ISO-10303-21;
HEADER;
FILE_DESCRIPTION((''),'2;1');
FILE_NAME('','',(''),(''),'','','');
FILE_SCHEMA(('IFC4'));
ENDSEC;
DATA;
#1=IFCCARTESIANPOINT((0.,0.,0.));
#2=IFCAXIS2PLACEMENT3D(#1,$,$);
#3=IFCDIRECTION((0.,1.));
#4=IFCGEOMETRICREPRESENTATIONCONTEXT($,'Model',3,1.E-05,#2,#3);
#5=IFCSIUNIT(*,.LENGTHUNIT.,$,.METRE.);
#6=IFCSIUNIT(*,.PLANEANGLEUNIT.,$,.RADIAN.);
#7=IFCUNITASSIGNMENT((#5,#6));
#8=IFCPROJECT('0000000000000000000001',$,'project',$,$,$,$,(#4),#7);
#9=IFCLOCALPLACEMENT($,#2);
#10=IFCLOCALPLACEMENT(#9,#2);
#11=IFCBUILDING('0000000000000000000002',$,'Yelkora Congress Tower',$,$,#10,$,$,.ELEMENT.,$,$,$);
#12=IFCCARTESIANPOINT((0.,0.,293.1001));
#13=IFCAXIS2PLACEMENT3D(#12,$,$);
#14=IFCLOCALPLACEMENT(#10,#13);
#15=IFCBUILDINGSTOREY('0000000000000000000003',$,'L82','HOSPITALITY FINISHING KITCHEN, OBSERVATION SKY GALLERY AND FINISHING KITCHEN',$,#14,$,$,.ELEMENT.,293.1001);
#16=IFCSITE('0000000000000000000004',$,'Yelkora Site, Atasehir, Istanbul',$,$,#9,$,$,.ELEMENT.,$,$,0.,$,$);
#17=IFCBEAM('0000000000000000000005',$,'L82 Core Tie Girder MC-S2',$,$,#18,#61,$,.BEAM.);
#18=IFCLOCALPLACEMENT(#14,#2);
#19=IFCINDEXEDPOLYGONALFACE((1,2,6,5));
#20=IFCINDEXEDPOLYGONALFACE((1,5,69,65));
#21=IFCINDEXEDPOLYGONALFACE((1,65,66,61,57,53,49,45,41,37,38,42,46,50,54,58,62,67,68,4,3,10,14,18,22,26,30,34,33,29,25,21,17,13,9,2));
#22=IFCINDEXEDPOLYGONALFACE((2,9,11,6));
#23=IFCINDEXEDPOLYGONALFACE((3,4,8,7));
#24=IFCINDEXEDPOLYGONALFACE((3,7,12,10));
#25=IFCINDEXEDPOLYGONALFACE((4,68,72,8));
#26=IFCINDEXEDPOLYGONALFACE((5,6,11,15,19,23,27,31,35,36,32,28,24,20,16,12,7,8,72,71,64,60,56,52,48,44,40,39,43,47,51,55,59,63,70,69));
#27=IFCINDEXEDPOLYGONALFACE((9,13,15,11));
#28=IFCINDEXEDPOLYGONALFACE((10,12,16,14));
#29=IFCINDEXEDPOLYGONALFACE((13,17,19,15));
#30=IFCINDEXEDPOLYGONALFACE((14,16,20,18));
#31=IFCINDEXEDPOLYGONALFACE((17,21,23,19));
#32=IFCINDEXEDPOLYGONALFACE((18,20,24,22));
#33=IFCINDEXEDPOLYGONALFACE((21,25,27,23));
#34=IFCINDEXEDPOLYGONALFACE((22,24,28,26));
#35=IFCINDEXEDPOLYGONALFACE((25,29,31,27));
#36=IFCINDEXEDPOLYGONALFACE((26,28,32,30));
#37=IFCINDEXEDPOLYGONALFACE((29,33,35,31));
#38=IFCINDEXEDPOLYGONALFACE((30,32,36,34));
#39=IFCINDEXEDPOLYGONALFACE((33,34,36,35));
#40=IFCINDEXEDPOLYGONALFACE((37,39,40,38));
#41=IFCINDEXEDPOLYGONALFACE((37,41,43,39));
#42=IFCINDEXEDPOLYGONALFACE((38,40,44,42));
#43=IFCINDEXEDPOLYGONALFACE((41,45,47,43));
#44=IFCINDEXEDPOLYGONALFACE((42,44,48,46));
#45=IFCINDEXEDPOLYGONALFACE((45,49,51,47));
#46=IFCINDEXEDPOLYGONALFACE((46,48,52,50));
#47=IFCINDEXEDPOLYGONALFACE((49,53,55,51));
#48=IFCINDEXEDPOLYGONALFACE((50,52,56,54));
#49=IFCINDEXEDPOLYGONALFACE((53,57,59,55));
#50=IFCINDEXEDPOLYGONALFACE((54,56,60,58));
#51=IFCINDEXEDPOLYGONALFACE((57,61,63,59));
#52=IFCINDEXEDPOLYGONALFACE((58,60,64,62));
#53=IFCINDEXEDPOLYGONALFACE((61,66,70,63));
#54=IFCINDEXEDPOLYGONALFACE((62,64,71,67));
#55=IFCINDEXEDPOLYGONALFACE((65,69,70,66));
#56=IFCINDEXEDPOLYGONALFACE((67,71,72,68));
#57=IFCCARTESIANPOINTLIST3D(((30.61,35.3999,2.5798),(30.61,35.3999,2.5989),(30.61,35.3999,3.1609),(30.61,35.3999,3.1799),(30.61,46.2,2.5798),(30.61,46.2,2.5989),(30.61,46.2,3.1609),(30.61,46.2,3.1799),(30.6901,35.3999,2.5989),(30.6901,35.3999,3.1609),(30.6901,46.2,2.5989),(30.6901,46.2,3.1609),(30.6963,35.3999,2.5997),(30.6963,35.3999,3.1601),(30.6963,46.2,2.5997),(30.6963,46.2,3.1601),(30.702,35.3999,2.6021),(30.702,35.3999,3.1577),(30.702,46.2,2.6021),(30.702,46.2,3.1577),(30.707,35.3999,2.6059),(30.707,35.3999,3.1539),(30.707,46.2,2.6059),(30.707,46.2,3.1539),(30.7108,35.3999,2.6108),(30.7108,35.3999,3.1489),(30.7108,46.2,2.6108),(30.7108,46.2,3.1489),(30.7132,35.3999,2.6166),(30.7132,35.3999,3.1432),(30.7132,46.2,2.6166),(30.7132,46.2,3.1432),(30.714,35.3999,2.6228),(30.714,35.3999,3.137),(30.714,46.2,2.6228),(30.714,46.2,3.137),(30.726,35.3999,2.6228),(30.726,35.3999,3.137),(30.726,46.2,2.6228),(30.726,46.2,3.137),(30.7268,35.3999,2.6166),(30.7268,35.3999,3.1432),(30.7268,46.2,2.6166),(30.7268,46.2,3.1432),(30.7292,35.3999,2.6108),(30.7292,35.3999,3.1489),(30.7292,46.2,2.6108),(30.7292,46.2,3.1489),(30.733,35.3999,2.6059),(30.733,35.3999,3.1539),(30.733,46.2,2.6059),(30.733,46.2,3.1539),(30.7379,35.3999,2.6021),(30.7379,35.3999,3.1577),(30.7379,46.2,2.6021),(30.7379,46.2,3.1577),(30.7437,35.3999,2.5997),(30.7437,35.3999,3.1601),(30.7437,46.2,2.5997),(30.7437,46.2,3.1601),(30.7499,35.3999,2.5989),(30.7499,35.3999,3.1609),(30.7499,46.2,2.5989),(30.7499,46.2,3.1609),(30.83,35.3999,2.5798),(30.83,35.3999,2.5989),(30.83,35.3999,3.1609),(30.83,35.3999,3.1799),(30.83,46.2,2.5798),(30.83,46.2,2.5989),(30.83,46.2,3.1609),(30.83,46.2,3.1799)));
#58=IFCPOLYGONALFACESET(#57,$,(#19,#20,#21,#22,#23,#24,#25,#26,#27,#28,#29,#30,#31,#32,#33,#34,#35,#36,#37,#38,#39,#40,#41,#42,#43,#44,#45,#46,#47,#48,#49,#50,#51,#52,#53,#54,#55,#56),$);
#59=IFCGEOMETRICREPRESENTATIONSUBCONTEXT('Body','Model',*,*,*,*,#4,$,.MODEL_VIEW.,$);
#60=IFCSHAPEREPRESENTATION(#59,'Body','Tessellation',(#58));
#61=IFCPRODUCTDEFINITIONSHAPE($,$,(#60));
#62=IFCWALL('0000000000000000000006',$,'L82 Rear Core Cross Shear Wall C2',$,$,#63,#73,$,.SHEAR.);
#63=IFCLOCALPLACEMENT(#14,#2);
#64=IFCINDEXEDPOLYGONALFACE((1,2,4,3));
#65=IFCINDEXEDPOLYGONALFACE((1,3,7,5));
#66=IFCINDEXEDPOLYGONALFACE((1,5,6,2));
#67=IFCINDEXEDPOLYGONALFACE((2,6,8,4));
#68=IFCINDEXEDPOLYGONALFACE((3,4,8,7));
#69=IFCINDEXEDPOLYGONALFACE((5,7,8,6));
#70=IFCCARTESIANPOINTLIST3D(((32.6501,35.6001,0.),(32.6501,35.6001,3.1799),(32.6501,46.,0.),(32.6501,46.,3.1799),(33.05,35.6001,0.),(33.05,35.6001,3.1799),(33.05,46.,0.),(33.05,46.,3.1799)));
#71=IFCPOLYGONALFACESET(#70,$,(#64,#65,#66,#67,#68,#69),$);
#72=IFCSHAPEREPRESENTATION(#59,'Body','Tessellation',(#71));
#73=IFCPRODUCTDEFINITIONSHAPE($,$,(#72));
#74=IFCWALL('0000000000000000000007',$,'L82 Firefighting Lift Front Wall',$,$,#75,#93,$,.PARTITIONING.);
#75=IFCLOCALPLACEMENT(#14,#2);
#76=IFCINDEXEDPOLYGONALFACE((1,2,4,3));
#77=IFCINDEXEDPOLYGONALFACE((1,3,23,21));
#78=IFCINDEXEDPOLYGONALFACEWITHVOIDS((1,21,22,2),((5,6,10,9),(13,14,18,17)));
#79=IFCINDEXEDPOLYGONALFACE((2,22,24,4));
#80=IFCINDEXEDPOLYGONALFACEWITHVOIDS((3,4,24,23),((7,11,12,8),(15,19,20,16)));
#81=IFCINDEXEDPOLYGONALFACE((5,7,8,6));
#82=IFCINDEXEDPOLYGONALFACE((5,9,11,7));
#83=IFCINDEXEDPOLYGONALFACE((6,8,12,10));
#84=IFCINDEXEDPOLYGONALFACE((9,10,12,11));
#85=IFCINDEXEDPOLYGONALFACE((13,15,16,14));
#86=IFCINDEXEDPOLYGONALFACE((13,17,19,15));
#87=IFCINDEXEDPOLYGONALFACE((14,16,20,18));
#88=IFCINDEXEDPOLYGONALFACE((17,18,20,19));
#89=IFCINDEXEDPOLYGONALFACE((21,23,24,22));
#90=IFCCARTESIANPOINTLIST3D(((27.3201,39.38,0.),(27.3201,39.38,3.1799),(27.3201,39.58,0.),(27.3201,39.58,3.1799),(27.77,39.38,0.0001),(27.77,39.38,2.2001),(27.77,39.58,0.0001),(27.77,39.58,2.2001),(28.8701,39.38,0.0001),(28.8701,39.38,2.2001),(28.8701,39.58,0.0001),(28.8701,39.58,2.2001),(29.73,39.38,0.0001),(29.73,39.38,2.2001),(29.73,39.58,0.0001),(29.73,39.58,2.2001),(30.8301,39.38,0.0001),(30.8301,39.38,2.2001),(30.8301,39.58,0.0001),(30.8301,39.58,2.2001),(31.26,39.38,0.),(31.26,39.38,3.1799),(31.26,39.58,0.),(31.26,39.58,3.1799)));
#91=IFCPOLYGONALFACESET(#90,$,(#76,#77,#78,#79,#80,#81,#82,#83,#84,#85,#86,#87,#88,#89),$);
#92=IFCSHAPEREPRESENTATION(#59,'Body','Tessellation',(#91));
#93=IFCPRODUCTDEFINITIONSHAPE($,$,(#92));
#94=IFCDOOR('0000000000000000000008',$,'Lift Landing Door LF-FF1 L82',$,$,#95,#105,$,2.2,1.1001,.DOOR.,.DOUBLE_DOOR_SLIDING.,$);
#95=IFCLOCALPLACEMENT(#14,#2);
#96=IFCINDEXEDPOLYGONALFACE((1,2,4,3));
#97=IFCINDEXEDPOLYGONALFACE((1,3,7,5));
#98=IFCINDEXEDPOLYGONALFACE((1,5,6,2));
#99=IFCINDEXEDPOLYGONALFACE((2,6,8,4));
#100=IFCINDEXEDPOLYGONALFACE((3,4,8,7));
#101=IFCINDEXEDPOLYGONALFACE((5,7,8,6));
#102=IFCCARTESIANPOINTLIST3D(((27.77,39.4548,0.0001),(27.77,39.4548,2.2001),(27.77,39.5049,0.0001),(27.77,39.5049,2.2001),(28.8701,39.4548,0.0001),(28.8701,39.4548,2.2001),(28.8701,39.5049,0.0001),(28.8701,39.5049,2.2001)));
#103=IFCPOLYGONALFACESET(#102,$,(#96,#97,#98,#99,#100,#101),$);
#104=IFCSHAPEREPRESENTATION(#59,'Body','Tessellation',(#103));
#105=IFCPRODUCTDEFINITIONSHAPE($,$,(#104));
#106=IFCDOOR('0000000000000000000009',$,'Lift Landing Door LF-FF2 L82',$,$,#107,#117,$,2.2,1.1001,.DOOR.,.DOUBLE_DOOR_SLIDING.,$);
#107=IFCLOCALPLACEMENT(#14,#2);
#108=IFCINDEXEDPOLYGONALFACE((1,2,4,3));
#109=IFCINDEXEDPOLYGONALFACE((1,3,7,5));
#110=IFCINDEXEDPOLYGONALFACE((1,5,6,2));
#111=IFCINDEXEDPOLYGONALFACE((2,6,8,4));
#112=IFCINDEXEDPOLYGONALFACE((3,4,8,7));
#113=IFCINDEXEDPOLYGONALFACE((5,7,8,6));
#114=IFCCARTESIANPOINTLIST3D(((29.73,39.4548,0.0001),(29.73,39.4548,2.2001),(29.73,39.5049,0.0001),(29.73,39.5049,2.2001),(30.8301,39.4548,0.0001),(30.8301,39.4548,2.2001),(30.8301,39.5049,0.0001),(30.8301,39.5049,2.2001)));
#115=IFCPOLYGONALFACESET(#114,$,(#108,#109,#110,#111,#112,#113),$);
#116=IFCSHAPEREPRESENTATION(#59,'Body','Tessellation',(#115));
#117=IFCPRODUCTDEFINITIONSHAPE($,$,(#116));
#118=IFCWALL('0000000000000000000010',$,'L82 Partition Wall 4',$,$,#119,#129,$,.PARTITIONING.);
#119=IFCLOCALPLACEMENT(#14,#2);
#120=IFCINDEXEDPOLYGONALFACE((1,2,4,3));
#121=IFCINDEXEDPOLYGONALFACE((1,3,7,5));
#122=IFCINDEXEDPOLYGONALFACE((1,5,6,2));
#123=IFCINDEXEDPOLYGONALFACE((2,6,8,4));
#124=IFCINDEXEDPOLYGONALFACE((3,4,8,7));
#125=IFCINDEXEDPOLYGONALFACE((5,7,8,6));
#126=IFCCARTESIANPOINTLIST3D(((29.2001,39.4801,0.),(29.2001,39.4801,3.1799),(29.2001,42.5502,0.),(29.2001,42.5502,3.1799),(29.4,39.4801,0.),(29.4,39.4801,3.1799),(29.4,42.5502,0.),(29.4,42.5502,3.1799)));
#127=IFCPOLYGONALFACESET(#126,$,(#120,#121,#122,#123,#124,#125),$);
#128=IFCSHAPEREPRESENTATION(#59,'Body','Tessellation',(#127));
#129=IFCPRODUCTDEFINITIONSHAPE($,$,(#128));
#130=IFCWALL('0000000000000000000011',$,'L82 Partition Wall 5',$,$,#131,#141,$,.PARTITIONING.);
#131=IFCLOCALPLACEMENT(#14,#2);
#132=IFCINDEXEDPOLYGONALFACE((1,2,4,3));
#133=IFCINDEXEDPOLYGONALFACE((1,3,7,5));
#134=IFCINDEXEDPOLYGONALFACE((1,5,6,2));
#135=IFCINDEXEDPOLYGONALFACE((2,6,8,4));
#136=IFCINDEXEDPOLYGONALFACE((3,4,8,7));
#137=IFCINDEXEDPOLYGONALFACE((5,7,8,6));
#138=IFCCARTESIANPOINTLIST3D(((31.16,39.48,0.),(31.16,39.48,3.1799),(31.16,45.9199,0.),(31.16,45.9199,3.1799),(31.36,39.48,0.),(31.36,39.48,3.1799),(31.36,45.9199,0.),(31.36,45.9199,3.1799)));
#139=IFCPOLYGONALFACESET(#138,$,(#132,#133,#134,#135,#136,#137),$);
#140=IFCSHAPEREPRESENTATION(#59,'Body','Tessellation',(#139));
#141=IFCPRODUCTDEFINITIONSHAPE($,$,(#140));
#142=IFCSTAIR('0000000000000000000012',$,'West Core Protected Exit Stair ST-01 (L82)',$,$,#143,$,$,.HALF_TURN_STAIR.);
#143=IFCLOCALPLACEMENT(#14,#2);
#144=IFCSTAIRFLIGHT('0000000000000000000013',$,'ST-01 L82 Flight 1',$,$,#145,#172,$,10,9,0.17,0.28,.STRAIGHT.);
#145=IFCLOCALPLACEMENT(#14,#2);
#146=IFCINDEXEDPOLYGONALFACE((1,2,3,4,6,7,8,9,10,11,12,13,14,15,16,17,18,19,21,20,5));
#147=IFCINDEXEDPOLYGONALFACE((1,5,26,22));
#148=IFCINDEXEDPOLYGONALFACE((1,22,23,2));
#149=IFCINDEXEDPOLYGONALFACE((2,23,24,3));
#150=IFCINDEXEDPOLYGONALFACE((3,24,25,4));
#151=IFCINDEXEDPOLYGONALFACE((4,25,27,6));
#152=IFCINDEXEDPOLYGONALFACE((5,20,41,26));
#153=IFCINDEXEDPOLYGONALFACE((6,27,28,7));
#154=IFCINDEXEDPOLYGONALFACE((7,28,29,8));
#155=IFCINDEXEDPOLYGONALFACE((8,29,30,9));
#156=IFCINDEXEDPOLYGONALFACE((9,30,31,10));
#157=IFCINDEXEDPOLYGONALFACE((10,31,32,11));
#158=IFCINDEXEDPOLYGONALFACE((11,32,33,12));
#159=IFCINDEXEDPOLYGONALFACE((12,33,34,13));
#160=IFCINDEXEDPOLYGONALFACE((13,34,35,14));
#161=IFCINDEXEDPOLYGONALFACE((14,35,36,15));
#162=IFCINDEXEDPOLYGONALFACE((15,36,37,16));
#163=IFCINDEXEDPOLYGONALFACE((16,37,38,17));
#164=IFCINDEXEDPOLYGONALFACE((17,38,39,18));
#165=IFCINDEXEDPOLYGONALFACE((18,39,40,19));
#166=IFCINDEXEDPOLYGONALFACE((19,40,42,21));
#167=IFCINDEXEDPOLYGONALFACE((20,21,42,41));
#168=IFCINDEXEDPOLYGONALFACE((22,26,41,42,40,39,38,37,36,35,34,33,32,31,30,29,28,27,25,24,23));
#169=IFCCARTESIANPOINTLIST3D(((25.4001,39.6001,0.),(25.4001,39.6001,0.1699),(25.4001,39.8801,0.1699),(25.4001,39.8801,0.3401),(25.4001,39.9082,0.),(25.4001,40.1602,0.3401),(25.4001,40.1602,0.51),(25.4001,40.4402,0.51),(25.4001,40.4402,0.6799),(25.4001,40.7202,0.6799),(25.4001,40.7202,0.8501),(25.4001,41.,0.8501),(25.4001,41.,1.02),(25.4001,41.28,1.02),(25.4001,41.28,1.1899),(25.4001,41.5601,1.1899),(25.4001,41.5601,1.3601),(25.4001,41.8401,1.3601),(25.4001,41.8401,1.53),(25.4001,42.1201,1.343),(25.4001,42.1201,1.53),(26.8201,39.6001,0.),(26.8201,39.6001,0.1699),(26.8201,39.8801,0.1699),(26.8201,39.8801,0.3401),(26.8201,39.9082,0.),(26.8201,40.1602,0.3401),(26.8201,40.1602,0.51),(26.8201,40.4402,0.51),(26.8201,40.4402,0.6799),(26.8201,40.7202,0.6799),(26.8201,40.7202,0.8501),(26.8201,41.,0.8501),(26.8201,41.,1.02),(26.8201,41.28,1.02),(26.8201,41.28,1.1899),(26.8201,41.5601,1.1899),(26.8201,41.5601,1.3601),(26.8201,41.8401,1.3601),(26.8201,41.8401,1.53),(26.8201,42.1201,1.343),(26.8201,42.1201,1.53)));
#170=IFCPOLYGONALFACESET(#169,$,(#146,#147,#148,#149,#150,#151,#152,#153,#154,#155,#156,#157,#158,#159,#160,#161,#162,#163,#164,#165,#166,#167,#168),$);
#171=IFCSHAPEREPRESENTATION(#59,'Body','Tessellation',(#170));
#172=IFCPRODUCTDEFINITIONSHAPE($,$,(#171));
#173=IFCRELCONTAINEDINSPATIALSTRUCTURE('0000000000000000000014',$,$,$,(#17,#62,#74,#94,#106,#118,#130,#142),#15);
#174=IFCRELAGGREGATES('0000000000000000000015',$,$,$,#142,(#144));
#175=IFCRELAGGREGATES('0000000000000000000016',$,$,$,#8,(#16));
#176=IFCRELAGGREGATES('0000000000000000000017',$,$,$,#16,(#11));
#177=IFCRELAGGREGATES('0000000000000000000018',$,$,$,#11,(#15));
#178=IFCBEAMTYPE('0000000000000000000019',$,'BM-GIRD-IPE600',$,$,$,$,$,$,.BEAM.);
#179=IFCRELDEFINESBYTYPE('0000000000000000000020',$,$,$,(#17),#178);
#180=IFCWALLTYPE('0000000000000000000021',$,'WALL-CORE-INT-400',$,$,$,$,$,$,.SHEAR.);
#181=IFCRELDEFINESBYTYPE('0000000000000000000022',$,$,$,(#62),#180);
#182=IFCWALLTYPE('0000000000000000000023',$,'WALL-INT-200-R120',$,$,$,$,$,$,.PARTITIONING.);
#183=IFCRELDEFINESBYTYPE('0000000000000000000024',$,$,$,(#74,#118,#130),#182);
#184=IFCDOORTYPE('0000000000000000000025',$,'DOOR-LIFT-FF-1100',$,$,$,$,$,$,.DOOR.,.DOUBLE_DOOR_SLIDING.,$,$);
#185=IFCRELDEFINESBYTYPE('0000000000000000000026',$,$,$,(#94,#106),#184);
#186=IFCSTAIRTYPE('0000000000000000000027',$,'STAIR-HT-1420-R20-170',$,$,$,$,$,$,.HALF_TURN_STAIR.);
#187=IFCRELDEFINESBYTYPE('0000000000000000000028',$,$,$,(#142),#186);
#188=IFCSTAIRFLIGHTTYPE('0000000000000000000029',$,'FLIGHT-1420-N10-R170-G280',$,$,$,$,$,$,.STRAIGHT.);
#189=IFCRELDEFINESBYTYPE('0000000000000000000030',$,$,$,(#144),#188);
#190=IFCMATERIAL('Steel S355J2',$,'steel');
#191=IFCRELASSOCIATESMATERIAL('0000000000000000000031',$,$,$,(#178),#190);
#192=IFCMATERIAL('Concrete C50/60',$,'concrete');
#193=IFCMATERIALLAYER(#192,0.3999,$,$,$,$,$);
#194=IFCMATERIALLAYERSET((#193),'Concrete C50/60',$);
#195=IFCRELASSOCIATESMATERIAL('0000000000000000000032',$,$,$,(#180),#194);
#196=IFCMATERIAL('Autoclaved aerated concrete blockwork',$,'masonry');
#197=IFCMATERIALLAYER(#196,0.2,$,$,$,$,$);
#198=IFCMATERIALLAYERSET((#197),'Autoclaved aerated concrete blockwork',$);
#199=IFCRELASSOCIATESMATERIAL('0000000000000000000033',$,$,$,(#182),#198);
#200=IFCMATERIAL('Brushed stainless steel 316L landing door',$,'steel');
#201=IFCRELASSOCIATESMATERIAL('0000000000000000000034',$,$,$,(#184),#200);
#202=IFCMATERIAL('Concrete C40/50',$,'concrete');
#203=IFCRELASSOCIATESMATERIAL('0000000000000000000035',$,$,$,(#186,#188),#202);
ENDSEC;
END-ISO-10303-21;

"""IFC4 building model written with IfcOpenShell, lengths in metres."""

from ifc_helpers import new_model, si_unit, direction, frame, frame_2d, origin, origin_2d, place, context, subcontext, project, spatial, polyline, rectangle, i_section, outline, extrude, material, layer, layer_set, material_profile, profile_set, type_object, element, fill, aggregate, save


model = new_model("IFC4")

# Units and contexts
model_context = context("Model", 3, precision=1e-05, world=origin(), true_north=direction((0.0, 1.0)))
body_context = subcontext(model_context, "Body", "Model", "MODEL_VIEW")
ifc_project = project(units=[si_unit("LENGTHUNIT", "METRE"), si_unit("PLANEANGLEUNIT", "RADIAN")], contexts=[model_context])

# Site, building, storey
site_placement = place(None, origin())
site = spatial("IfcSite", under=ifc_project, at=site_placement, Name="Yelkora Site, Atasehir, Istanbul", CompositionType="ELEMENT", RefElevation=0.0)
building_placement = place(site_placement, origin())
building = spatial("IfcBuilding", under=site, at=building_placement, Name="Yelkora Congress Tower", CompositionType="ELEMENT")
storey_placement = place(building_placement, frame((0.0, 0.0, 293.1001)))
storey = spatial("IfcBuildingStorey", under=building, at=storey_placement, Name="L82", Description="HOSPITALITY FINISHING KITCHEN, OBSERVATION SKY GALLERY AND FINISHING KITCHEN", CompositionType="ELEMENT", Elevation=293.1001)

# Beam
ifc_material_1 = material(Name="Steel S355J2", Category="steel")
ifc_material_profile = material_profile(ifc_material_1, i_section(OverallWidth=0.22, OverallDepth=0.6001, WebThickness=0.012, FlangeThickness=0.019, FilletRadius=0.0239, at=origin_2d()), Name="IPE 600")
ifc_profile_set = profile_set([ifc_material_profile], Name="Steel S355J2")
beam_type = type_object("IfcBeamType", Name="BM-GIRD-IPE600", PredefinedType="BEAM", material=ifc_profile_set)
beam_placement = place(storey_placement, frame((30.72, 35.3999, 2.8799), z_axis=(0.0, 1.0, 0.0), x_axis=(-1.0, 0.0, 0.0)))
element("IfcBeam", 1, at=beam_placement, inside=storey, type_object=beam_type, Name="L82 Core Tie Girder MC-S2", PredefinedType="BEAM", context=body_context, shape_type="SweptSolid", body=[
    extrude(i_section(OverallWidth=0.22, OverallDepth=0.6001, WebThickness=0.012, FlangeThickness=0.019, FilletRadius=0.0239, at=origin_2d()), origin(), (0.0, 0.0, 1.0), 10.8),
])

# Shared definitions
ifc_material_2 = material(Name="Concrete C50/60", Category="concrete")
ifc_layer_1 = layer(ifc_material_2, 0.3999)
ifc_layer_set_1 = layer_set([ifc_layer_1], Name="Concrete C50/60")
wall_type_1 = type_object("IfcWallType", Name="WALL-CORE-INT-400", PredefinedType="SHEAR", material=ifc_layer_set_1)

# Wall
wall_1_placement = place(storey_placement, frame((32.8501, 35.6001, 0.0), z_axis=(0.0, 0.0, 1.0), x_axis=(0.0, 1.0, 0.0)))
element("IfcWall", 2, at=wall_1_placement, inside=storey, type_object=wall_type_1, Name="L82 Rear Core Cross Shear Wall C2", PredefinedType="SHEAR", context=body_context, shape_type="SweptSolid", body=[
    extrude(rectangle(XDim=10.3999, YDim=0.3999, at=frame_2d((5.2, 0.0))), origin(), (0.0, 0.0, 1.0), 3.1799),
])

# Shared definitions
ifc_material_3 = material(Name="Autoclaved aerated concrete blockwork", Category="masonry")
ifc_layer_2 = layer(ifc_material_3, 0.2)
ifc_layer_set_2 = layer_set([ifc_layer_2], Name="Autoclaved aerated concrete blockwork")
wall_type_2 = type_object("IfcWallType", Name="WALL-INT-200-R120", PredefinedType="PARTITIONING", material=ifc_layer_set_2)

# Wall, openings, doors
wall_2_placement = place(storey_placement, frame((27.3201, 39.48, 0.0), z_axis=(0.0, 0.0, 1.0), x_axis=(1.0, 0.0, 0.0)))
wall_2 = element("IfcWall", 3, at=wall_2_placement, inside=storey, type_object=wall_type_2, Name="L82 Firefighting Lift Front Wall", PredefinedType="PARTITIONING", context=body_context, shape_type="SweptSolid", body=[
    extrude(rectangle(XDim=3.9399, YDim=0.2, at=frame_2d((1.97, 0.0))), origin(), (0.0, 0.0, 1.0), 3.1799),
])
opening_1_placement = place(wall_2_placement, frame((0.45, 0.0, 0.0)))
opening_1 = element("IfcOpeningElement", 4, at=opening_1_placement, cuts=wall_2, PredefinedType="OPENING", context=body_context, shape_type="SweptSolid", body=[
    extrude(rectangle(XDim=1.1001, YDim=2.2, at=frame_2d((0.55, 1.1001))), frame((0.0, 0.1099, 0.0), z_axis=(0.0, -1.0, 0.0), x_axis=(1.0, 0.0, 0.0)), (0.0, 0.0, 1.0), 0.22),
])
opening_2_placement = place(wall_2_placement, frame((2.4099, 0.0, 0.0)))
opening_2 = element("IfcOpeningElement", 5, at=opening_2_placement, cuts=wall_2, PredefinedType="OPENING", context=body_context, shape_type="SweptSolid", body=[
    extrude(rectangle(XDim=1.1001, YDim=2.2, at=frame_2d((0.55, 1.1001))), frame((0.0, 0.1099, 0.0), z_axis=(0.0, -1.0, 0.0), x_axis=(1.0, 0.0, 0.0)), (0.0, 0.0, 1.0), 0.22),
])
ifc_material_4 = material(Name="Brushed stainless steel 316L landing door", Category="steel")
door_type_1 = type_object("IfcDoorType", Name="DOOR-LIFT-FF-1100", OperationType="DOUBLE_DOOR_SLIDING", PredefinedType="DOOR", material=ifc_material_4)
door_1_placement = place(opening_1_placement, origin())
door_1 = element("IfcDoor", 6, at=door_1_placement, inside=storey, type_object=door_type_1, Name="Lift Landing Door LF-FF1 L82", OperationType="DOUBLE_DOOR_SLIDING", OverallHeight=2.2, OverallWidth=1.1001, PredefinedType="DOOR", context=body_context, shape_type="SweptSolid", body=[
    extrude(rectangle(XDim=1.1001, YDim=2.2, at=frame_2d((0.55, 1.1001))), frame((0.0, 0.0249, 0.0), z_axis=(0.0, -1.0, 0.0), x_axis=(1.0, 0.0, 0.0)), (0.0, 0.0, 1.0), 0.05),
])
fill(opening_1, door_1)
door_2_placement = place(opening_2_placement, origin())
door_2 = element("IfcDoor", 7, at=door_2_placement, inside=storey, type_object=door_type_1, Name="Lift Landing Door LF-FF2 L82", OperationType="DOUBLE_DOOR_SLIDING", OverallHeight=2.2, OverallWidth=1.1001, PredefinedType="DOOR", context=body_context, shape_type="SweptSolid", body=[
    extrude(rectangle(XDim=1.1001, YDim=2.2, at=frame_2d((0.55, 1.1001))), frame((0.0, 0.0249, 0.0), z_axis=(0.0, -1.0, 0.0), x_axis=(1.0, 0.0, 0.0)), (0.0, 0.0, 1.0), 0.05),
])
fill(opening_2, door_2)

# Walls
wall_3_placement = place(storey_placement, frame((29.3, 39.48, 0.0), z_axis=(0.0, 0.0, 1.0), x_axis=(0.0, 1.0, 0.0)))
element("IfcWall", 8, at=wall_3_placement, inside=storey, type_object=wall_type_2, Name="L82 Partition Wall 4", PredefinedType="PARTITIONING", context=body_context, shape_type="SweptSolid", body=[
    extrude(rectangle(XDim=3.0701, YDim=0.2, at=frame_2d((1.5352, 0.0))), origin(), (0.0, 0.0, 1.0), 3.1799),
])
wall_4_placement = place(storey_placement, frame((31.26, 39.48, 0.0), z_axis=(0.0, 0.0, 1.0), x_axis=(0.0, 1.0, 0.0)))
element("IfcWall", 9, at=wall_4_placement, inside=storey, type_object=wall_type_2, Name="L82 Partition Wall 5", PredefinedType="PARTITIONING", context=body_context, shape_type="SweptSolid", body=[
    extrude(rectangle(XDim=6.4399, YDim=0.2, at=frame_2d((3.22, 0.0))), origin(), (0.0, 0.0, 1.0), 3.1799),
])

# Stair, stair flight
ifc_material_5 = material(Name="Concrete C40/50", Category="concrete")
stair_type = type_object("IfcStairType", Name="STAIR-HT-1420-R20-170", PredefinedType="HALF_TURN_STAIR", material=ifc_material_5)
stair_placement = place(storey_placement, origin())
stair = element("IfcStair", 10, at=stair_placement, inside=storey, type_object=stair_type, Name="West Core Protected Exit Stair ST-01 (L82)", PredefinedType="HALF_TURN_STAIR")
stair_flight_type = type_object("IfcStairFlightType", Name="FLIGHT-1420-N10-R170-G280", PredefinedType="STRAIGHT", material=ifc_material_5)
stair_flight_1_placement = place(storey_placement, frame((26.1101, 39.6001, 0.0), z_axis=(0.0, 0.0, 1.0), x_axis=(0.0, 1.0, 0.0)))
stair_flight_1 = element("IfcStairFlight", 11, at=stair_flight_1_placement, type_object=stair_flight_type, Name="ST-01 L82 Flight 1", NumberOfRisers=10, NumberOfTreads=9, PredefinedType="STRAIGHT", RiserHeight=0.17, TreadLength=0.28, context=body_context, shape_type="SweptSolid", body=[
    extrude(outline(polyline([(0.0, 0.0), (0.0, 0.1699), (0.28, 0.1699), (0.28, 0.3401), (0.5601, 0.3401), (0.5601, 0.51), (0.8401, 0.51), (0.8401, 0.6799), (1.1201, 0.6799), (1.1201, 0.8501), (1.3999, 0.8501), (1.3999, 1.02), (1.6799, 1.02), (1.6799, 1.1899), (1.96, 1.1899), (1.96, 1.3601), (2.24, 1.3601), (2.24, 1.53), (2.52, 1.53), (2.52, 1.7), (2.52, 1.343), (0.3081, 0.0), (0.0, 0.0)])), frame((0.0, 0.71, 0.0), z_axis=(0.0, -1.0, 0.0), x_axis=(1.0, 0.0, 0.0)), (0.0, 0.0, 1.0), 1.4199),
])
aggregate(stair, [stair_flight_1])

save(model, "model.ifc")
